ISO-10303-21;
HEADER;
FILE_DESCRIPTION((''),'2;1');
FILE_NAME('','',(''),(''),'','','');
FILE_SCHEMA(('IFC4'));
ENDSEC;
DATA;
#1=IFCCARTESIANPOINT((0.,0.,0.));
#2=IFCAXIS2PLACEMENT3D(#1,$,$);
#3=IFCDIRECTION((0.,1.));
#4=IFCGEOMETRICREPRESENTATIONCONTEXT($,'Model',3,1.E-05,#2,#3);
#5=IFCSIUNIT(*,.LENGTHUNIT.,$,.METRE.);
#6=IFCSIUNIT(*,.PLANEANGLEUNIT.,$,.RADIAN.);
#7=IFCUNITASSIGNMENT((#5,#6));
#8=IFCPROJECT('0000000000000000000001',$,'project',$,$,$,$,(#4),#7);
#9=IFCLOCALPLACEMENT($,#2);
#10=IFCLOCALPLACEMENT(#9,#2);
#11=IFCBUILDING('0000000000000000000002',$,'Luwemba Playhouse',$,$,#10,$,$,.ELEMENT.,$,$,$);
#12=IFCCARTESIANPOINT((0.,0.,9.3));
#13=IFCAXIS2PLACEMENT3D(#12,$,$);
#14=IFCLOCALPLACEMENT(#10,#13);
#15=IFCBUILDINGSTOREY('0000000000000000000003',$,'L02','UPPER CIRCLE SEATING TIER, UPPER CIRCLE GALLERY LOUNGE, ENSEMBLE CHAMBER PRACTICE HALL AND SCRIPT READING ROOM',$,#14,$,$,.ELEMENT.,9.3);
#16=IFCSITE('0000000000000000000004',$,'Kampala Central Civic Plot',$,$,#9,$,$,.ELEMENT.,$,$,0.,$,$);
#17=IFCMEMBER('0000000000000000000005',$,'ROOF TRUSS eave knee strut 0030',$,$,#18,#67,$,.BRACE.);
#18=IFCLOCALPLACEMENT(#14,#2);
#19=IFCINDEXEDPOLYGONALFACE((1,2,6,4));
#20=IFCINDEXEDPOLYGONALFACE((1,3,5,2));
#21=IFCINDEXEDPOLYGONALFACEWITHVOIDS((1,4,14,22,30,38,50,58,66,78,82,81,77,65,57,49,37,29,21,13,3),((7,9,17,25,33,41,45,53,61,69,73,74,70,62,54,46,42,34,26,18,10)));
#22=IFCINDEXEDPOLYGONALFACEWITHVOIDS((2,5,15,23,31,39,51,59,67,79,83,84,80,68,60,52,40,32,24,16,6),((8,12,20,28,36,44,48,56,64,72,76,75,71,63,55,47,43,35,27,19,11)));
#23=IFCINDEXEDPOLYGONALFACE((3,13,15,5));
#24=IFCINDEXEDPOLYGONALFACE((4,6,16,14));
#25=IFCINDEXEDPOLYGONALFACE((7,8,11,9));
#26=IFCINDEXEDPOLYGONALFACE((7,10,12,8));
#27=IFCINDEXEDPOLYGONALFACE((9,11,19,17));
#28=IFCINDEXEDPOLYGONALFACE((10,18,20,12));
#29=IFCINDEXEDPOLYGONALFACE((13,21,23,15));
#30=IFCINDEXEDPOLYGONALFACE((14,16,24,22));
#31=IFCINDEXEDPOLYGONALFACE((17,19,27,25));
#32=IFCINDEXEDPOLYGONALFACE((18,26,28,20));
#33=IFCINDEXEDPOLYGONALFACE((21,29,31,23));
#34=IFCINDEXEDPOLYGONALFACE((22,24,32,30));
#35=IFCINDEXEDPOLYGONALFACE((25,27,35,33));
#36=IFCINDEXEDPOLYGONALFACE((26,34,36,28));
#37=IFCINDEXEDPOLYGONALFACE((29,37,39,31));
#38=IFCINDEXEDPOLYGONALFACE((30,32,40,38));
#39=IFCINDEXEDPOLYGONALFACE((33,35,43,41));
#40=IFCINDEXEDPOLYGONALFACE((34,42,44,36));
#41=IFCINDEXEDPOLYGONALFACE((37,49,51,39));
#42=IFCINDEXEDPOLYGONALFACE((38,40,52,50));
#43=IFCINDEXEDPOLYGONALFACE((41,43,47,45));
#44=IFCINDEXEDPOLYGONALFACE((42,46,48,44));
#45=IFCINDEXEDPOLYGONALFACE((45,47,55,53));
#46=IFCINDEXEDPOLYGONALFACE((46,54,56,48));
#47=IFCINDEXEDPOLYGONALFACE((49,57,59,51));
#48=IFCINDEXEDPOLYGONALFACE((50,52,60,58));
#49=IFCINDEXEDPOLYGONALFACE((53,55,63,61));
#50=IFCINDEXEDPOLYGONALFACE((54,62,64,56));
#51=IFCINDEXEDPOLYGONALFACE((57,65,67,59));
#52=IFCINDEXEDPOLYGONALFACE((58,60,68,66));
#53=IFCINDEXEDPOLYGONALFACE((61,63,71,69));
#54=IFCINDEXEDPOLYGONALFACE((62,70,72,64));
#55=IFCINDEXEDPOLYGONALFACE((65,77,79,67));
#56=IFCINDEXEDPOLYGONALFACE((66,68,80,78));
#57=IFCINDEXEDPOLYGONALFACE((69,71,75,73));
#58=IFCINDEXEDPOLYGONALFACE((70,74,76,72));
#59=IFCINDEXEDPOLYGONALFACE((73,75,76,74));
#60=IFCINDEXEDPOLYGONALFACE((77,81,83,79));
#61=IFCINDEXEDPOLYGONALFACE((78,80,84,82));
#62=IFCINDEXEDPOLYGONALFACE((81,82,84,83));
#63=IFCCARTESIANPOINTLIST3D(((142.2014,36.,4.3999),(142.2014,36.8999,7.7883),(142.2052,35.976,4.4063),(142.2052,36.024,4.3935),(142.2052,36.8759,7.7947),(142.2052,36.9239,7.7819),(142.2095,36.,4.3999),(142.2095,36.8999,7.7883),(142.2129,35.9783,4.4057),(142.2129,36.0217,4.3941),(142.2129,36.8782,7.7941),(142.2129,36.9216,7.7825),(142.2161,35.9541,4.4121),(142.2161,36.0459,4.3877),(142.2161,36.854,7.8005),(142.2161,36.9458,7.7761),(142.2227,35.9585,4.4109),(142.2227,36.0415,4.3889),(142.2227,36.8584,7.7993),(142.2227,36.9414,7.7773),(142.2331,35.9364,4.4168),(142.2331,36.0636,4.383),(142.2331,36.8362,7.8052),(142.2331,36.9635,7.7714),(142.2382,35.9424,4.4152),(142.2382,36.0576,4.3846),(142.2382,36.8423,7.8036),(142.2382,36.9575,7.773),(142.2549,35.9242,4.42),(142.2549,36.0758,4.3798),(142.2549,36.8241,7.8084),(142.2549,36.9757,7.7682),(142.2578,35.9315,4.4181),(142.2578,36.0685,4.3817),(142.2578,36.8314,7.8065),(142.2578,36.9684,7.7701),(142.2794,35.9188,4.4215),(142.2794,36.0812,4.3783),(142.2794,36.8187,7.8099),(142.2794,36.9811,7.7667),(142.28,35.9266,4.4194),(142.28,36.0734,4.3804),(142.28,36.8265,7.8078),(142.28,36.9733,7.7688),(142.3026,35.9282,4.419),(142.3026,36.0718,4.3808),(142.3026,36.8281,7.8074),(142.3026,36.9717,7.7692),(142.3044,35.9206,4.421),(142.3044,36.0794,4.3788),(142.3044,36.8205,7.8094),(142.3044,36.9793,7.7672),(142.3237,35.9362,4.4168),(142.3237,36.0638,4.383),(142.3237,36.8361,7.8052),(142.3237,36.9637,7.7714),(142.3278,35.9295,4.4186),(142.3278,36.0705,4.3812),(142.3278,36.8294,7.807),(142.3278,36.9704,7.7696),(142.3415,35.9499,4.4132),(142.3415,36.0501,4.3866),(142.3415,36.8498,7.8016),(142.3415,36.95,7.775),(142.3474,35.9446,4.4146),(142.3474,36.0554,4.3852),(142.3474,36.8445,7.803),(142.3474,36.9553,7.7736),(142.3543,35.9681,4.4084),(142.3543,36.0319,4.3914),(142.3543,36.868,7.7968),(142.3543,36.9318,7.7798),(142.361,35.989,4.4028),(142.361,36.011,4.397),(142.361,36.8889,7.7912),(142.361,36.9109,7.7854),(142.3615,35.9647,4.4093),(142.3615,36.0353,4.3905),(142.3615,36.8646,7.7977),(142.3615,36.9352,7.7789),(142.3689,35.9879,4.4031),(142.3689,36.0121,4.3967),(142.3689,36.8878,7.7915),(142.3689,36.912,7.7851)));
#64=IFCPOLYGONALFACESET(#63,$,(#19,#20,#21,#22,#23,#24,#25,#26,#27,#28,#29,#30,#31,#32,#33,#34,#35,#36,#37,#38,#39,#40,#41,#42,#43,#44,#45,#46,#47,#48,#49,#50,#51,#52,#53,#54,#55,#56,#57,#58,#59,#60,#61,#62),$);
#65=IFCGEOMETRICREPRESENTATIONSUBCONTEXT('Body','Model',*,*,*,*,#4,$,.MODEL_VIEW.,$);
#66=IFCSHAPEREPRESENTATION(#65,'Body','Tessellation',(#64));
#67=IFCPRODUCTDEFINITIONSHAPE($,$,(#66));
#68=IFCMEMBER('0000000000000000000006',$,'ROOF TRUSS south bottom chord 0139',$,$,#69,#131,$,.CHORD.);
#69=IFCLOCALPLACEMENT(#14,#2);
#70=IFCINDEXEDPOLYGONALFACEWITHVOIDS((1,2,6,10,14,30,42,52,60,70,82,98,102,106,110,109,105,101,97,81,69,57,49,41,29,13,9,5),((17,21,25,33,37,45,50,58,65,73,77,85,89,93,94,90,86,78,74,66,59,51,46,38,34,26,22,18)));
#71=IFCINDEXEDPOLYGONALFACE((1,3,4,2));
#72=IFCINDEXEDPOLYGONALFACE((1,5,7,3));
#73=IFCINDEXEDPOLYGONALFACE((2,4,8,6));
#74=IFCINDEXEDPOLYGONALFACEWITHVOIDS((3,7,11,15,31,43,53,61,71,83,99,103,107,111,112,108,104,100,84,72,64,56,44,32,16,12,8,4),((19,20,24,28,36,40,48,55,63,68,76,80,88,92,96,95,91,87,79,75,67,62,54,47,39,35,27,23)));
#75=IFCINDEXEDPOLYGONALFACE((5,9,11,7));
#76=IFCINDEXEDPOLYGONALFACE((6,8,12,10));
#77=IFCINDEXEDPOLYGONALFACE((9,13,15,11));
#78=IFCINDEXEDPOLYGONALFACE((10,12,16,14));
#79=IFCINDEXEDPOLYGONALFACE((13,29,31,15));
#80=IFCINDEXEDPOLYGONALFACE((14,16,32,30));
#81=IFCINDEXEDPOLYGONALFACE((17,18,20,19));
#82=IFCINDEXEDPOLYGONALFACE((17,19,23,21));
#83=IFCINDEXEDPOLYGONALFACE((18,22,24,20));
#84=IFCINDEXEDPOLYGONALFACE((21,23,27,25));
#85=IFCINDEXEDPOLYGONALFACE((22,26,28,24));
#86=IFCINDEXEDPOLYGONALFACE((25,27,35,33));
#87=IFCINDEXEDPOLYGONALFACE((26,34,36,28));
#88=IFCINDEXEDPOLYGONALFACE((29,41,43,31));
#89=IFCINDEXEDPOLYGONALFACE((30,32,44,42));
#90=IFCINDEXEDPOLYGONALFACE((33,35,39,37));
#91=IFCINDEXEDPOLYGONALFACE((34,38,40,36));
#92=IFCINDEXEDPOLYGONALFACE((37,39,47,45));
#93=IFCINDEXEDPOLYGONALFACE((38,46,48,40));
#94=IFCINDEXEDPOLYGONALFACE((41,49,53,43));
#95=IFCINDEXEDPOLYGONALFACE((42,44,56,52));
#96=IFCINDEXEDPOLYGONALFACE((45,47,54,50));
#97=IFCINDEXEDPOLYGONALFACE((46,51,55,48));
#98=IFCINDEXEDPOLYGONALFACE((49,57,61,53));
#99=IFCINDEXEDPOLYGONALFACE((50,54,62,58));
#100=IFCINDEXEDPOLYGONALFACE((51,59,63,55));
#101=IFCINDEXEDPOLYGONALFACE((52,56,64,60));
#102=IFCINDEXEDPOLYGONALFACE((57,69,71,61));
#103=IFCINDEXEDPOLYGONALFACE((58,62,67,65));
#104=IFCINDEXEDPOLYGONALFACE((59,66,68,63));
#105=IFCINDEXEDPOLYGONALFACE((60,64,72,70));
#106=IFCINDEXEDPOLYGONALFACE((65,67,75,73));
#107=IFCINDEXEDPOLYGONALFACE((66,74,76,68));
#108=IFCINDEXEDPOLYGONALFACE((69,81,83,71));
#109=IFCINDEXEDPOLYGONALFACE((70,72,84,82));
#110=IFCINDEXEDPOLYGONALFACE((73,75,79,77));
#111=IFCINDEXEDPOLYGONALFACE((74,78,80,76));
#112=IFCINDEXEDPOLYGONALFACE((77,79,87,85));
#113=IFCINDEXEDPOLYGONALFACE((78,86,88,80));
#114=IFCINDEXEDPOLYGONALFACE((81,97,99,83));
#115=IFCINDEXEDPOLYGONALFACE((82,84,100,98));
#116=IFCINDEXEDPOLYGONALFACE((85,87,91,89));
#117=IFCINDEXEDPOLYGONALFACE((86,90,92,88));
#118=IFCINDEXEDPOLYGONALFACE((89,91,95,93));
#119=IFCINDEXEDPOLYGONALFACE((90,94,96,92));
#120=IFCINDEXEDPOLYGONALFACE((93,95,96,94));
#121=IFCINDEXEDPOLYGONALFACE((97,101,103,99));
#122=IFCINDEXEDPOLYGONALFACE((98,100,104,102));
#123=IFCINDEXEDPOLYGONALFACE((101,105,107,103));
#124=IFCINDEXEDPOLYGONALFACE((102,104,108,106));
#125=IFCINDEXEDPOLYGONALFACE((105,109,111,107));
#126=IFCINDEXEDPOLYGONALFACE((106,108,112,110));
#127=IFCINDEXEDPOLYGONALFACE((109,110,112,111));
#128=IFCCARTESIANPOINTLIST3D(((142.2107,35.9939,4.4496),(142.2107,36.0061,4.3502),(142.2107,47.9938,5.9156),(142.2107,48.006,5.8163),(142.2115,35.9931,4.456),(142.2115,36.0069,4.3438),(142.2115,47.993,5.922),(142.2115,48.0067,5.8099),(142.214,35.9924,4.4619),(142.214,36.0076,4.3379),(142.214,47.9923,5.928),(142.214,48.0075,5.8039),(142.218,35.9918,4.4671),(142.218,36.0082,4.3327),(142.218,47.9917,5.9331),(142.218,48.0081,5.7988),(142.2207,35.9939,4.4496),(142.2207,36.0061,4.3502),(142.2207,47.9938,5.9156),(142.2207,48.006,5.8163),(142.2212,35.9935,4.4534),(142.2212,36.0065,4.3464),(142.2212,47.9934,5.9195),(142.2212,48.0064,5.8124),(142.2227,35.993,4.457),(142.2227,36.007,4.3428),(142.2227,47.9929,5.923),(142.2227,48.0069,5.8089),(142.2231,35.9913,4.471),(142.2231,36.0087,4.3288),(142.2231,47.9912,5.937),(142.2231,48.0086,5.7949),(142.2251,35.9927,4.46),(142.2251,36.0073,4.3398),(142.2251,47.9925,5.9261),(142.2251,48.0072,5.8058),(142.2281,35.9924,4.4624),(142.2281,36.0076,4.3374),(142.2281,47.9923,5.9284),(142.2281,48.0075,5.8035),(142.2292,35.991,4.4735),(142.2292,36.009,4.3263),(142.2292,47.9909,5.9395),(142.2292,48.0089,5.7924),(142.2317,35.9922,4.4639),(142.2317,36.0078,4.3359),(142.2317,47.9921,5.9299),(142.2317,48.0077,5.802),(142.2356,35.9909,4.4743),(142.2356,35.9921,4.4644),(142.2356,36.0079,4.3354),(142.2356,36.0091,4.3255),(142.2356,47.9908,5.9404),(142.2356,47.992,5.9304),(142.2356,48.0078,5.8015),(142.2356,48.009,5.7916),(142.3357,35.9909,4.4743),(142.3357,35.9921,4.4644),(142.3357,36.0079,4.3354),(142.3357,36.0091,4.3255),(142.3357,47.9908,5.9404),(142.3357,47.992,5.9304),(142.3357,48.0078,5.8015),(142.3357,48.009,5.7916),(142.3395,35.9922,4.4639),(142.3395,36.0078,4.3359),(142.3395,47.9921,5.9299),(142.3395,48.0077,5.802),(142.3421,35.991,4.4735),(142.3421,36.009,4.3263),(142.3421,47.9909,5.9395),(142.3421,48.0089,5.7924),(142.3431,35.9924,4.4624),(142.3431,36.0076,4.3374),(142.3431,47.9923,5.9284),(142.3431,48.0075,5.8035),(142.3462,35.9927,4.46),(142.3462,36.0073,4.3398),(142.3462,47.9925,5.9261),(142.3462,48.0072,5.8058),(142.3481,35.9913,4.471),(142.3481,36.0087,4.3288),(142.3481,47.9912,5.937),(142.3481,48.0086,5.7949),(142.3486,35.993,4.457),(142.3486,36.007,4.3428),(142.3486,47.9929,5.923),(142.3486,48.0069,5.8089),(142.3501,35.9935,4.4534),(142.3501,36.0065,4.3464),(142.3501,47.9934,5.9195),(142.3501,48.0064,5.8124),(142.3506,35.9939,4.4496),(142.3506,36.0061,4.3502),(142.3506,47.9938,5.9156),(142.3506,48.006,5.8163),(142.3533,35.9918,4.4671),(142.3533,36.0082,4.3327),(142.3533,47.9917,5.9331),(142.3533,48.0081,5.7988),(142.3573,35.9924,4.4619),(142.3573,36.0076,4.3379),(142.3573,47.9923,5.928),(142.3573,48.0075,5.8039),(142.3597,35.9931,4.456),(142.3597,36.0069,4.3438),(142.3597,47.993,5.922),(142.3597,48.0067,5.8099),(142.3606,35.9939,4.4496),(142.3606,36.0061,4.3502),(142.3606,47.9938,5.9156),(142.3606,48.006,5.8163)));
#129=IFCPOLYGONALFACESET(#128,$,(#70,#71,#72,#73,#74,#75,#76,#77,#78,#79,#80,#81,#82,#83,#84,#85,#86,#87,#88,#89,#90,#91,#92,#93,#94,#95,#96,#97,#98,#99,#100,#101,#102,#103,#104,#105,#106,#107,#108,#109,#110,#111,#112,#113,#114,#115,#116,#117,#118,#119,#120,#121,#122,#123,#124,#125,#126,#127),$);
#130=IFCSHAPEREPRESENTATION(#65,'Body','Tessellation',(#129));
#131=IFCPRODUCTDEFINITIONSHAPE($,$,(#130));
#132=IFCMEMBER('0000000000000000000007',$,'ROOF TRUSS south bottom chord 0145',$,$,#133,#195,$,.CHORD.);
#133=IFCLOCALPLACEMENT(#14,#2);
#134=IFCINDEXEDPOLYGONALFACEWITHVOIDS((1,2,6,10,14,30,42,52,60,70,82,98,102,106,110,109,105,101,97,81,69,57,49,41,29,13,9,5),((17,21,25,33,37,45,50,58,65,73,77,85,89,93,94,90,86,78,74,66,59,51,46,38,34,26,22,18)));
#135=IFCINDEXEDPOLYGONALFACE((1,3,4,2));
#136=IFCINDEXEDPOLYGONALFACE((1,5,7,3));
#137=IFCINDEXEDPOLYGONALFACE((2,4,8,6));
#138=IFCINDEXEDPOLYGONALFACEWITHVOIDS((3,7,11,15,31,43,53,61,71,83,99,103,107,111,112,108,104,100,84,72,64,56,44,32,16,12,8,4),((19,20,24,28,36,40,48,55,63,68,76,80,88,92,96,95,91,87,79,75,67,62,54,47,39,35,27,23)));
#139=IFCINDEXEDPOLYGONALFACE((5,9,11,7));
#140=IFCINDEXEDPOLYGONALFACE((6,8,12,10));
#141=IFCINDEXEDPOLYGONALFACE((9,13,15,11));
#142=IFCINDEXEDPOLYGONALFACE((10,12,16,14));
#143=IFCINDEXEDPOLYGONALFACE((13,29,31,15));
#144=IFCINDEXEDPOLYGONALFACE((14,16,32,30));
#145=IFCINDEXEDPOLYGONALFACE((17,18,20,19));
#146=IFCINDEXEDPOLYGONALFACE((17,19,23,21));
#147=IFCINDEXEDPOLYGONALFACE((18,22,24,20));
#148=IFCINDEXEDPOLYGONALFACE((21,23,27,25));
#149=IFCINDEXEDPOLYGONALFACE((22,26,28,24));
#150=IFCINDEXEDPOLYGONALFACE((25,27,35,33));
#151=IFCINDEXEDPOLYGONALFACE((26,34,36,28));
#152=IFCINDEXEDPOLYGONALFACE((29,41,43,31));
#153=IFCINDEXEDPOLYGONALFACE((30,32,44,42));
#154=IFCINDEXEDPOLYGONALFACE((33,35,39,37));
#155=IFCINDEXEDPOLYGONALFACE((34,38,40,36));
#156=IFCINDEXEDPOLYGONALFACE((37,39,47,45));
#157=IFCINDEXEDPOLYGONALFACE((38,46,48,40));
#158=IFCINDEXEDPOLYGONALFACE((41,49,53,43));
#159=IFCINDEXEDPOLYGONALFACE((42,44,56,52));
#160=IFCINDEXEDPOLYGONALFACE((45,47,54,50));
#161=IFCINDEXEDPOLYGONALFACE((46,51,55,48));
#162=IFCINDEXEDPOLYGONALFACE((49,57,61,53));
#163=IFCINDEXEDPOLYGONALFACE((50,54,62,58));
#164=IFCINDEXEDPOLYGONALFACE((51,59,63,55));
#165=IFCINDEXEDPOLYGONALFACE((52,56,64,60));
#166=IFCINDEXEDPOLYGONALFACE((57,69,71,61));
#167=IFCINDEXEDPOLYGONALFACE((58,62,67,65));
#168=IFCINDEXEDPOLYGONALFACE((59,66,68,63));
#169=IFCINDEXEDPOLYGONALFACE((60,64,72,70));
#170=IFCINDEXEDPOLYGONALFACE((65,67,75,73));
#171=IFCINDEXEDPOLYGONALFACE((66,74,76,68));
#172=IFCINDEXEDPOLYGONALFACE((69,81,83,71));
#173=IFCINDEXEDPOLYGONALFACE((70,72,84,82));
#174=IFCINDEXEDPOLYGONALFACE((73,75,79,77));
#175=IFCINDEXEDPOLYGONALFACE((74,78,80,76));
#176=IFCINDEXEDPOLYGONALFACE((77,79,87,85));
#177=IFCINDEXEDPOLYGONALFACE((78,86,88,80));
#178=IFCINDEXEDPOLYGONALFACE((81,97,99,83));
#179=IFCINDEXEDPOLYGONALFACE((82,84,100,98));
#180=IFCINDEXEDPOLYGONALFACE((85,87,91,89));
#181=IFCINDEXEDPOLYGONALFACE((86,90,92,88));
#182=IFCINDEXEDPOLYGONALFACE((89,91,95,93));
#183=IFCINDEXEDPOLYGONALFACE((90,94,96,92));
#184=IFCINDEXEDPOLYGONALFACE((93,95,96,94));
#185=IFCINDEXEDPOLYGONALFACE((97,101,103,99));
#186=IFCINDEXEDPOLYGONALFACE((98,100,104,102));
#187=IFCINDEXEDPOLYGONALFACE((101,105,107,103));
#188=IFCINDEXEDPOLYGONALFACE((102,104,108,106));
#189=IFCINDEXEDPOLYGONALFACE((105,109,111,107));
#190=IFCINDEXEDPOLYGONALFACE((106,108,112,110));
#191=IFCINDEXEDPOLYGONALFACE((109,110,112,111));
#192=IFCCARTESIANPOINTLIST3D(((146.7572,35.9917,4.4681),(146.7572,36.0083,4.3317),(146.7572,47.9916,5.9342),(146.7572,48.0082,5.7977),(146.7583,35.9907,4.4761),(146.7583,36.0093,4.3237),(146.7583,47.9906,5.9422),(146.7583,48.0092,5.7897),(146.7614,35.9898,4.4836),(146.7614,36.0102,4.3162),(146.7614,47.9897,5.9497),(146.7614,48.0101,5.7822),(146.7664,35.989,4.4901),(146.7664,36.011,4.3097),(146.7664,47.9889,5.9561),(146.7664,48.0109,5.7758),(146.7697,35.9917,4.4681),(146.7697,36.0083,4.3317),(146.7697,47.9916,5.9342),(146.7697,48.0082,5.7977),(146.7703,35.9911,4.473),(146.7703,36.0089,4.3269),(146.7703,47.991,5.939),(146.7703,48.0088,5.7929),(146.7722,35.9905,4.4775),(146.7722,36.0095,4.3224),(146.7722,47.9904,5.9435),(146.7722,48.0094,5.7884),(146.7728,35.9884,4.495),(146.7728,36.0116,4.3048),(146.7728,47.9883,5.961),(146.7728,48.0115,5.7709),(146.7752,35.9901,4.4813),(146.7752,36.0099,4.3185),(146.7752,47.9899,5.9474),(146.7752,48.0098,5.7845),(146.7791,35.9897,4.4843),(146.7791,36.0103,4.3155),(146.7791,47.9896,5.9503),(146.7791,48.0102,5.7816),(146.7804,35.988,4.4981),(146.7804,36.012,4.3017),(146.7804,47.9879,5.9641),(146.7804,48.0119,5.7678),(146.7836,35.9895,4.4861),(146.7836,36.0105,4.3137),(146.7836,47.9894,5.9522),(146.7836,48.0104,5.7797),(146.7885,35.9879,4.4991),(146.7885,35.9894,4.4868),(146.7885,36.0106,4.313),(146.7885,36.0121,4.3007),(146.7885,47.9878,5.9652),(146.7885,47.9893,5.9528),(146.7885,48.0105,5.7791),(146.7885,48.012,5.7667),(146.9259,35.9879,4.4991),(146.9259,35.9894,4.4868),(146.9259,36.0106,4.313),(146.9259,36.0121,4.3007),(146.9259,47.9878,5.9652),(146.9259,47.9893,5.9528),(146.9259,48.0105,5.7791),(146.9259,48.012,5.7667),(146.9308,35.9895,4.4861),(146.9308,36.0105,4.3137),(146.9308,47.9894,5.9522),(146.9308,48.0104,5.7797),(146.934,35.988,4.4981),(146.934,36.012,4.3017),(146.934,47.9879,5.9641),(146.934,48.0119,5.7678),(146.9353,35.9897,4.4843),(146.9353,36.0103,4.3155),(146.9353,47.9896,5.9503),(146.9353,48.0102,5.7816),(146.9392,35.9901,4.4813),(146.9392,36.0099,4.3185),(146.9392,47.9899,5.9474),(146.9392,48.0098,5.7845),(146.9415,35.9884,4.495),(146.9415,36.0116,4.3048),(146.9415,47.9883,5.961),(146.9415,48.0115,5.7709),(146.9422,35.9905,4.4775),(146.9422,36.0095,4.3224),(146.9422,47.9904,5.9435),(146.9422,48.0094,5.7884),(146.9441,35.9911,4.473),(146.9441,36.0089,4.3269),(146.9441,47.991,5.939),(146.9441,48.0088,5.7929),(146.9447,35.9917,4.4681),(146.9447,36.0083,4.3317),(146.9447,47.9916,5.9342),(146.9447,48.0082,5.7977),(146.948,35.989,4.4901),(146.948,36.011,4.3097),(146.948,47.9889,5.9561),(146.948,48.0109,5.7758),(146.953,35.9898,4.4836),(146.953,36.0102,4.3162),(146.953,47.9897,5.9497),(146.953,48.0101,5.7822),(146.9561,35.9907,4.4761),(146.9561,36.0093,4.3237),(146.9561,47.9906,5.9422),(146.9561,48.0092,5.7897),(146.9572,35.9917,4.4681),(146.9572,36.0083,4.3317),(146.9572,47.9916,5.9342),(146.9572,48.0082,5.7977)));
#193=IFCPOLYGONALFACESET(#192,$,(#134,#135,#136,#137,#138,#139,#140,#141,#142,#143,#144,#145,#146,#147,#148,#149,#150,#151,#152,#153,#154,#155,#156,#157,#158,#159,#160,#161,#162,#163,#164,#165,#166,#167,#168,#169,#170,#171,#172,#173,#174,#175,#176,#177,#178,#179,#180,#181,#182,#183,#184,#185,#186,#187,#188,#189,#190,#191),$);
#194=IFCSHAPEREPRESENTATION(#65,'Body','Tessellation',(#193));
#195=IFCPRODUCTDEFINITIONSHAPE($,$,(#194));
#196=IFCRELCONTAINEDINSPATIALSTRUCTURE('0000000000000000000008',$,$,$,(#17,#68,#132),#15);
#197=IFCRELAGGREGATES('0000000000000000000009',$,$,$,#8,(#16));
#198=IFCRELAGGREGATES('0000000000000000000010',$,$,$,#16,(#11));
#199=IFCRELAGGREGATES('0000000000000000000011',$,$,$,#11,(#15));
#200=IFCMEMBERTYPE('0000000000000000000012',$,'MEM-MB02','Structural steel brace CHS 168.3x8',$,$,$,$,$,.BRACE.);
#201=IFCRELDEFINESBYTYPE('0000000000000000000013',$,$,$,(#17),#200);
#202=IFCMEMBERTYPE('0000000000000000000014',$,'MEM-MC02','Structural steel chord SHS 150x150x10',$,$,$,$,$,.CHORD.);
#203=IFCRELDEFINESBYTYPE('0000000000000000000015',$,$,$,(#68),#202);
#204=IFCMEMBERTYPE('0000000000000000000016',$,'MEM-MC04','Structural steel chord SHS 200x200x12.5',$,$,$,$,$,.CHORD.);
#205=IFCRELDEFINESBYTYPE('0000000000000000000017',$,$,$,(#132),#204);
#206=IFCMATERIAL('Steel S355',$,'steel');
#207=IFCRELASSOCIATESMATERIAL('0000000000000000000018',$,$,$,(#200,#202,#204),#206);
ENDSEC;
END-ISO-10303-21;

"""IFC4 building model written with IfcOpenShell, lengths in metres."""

from ifc_helpers import new_model, si_unit, direction, frame, origin, origin_2d, place, context, subcontext, project, spatial, hollow_rectangle, hollow_circle, extrude, material, material_profile, profile_set, type_object, element, save


model = new_model("IFC4")

# Units and contexts
model_context = context("Model", 3, precision=1e-05, world=origin(), true_north=direction((0.0, 1.0)))
body_context = subcontext(model_context, "Body", "Model", "MODEL_VIEW")
ifc_project = project(units=[si_unit("LENGTHUNIT", "METRE"), si_unit("PLANEANGLEUNIT", "RADIAN")], contexts=[model_context])

# Site, building, storey
site_placement = place(None, origin())
site = spatial("IfcSite", under=ifc_project, at=site_placement, Name="Kampala Central Civic Plot", CompositionType="ELEMENT", RefElevation=0.0)
building_placement = place(site_placement, origin())
building = spatial("IfcBuilding", under=site, at=building_placement, Name="Luwemba Playhouse", CompositionType="ELEMENT")
storey_placement = place(building_placement, frame((0.0, 0.0, 9.3)))
storey = spatial("IfcBuildingStorey", under=building, at=storey_placement, Name="L02", Description="UPPER CIRCLE SEATING TIER, UPPER CIRCLE GALLERY LOUNGE, ENSEMBLE CHAMBER PRACTICE HALL AND SCRIPT READING ROOM", CompositionType="ELEMENT", Elevation=9.3)

# Shared definitions
ifc_material_1 = material(Name="Steel S355", Category="steel")

# Members
ifc_material_profile_1 = material_profile(ifc_material_1, hollow_circle(Radius=0.0842, WallThickness=0.0081, at=origin_2d()))
ifc_profile_set_1 = profile_set([ifc_material_profile_1], Name="Steel S355")
member_type_1 = type_object("IfcMemberType", Name="MEM-MB02", Description="Structural steel brace CHS 168.3x8", PredefinedType="BRACE", material=ifc_profile_set_1)
member_1_placement = place(storey_placement, frame((142.2856, 36.0, 4.3999), z_axis=(0.0, 0.256683, 0.966496), x_axis=(-1.0, 0.0, 0.0)))
element("IfcMember", 1, at=member_1_placement, inside=storey, type_object=member_type_1, Name="ROOF TRUSS eave knee strut 0030", PredefinedType="BRACE", context=body_context, shape_type="SweptSolid", body=[
    extrude(hollow_circle(Radius=0.0842, WallThickness=0.0081, at=origin_2d()), origin(), (0.0, 0.0, 1.0), 3.5059),
])
ifc_material_profile_2 = material_profile(ifc_material_1, hollow_rectangle(XDim=0.1499, YDim=0.1499, WallThickness=0.01, InnerFilletRadius=0.0149, OuterFilletRadius=0.0249, at=origin_2d()))
ifc_profile_set_2 = profile_set([ifc_material_profile_2], Name="Steel S355")
member_type_2 = type_object("IfcMemberType", Name="MEM-MC02", Description="Structural steel chord SHS 150x150x10", PredefinedType="CHORD", material=ifc_profile_set_2)
member_2_placement = place(storey_placement, frame((142.2856, 36.0, 4.3999), z_axis=(0.0, 0.99262, 0.12127), x_axis=(-1.0, 0.0, 0.0)))
element("IfcMember", 2, at=member_2_placement, inside=storey, type_object=member_type_2, Name="ROOF TRUSS south bottom chord 0139", PredefinedType="CHORD", context=body_context, shape_type="SweptSolid", body=[
    extrude(hollow_rectangle(XDim=0.1499, YDim=0.1499, WallThickness=0.01, InnerFilletRadius=0.0149, OuterFilletRadius=0.0249, at=origin_2d()), origin(), (0.0, 0.0, 1.0), 12.0891),
])
ifc_material_profile_3 = material_profile(ifc_material_1, hollow_rectangle(XDim=0.2, YDim=0.2, WallThickness=0.0125, InnerFilletRadius=0.0188, OuterFilletRadius=0.0312, at=origin_2d()))
ifc_profile_set_3 = profile_set([ifc_material_profile_3], Name="Steel S355")
member_type_3 = type_object("IfcMemberType", Name="MEM-MC04", Description="Structural steel chord SHS 200x200x12.5", PredefinedType="CHORD", material=ifc_profile_set_3)
member_3_placement = place(storey_placement, frame((146.8572, 36.0, 4.3999), z_axis=(0.0, 0.99262, 0.12127), x_axis=(-1.0, 0.0, 0.0)))
element("IfcMember", 3, at=member_3_placement, inside=storey, type_object=member_type_3, Name="ROOF TRUSS south bottom chord 0145", PredefinedType="CHORD", context=body_context, shape_type="SweptSolid", body=[
    extrude(hollow_rectangle(XDim=0.2, YDim=0.2, WallThickness=0.0125, InnerFilletRadius=0.0188, OuterFilletRadius=0.0312, at=origin_2d()), origin(), (0.0, 0.0, 1.0), 12.0891),
])

save(model, "model.ifc")
